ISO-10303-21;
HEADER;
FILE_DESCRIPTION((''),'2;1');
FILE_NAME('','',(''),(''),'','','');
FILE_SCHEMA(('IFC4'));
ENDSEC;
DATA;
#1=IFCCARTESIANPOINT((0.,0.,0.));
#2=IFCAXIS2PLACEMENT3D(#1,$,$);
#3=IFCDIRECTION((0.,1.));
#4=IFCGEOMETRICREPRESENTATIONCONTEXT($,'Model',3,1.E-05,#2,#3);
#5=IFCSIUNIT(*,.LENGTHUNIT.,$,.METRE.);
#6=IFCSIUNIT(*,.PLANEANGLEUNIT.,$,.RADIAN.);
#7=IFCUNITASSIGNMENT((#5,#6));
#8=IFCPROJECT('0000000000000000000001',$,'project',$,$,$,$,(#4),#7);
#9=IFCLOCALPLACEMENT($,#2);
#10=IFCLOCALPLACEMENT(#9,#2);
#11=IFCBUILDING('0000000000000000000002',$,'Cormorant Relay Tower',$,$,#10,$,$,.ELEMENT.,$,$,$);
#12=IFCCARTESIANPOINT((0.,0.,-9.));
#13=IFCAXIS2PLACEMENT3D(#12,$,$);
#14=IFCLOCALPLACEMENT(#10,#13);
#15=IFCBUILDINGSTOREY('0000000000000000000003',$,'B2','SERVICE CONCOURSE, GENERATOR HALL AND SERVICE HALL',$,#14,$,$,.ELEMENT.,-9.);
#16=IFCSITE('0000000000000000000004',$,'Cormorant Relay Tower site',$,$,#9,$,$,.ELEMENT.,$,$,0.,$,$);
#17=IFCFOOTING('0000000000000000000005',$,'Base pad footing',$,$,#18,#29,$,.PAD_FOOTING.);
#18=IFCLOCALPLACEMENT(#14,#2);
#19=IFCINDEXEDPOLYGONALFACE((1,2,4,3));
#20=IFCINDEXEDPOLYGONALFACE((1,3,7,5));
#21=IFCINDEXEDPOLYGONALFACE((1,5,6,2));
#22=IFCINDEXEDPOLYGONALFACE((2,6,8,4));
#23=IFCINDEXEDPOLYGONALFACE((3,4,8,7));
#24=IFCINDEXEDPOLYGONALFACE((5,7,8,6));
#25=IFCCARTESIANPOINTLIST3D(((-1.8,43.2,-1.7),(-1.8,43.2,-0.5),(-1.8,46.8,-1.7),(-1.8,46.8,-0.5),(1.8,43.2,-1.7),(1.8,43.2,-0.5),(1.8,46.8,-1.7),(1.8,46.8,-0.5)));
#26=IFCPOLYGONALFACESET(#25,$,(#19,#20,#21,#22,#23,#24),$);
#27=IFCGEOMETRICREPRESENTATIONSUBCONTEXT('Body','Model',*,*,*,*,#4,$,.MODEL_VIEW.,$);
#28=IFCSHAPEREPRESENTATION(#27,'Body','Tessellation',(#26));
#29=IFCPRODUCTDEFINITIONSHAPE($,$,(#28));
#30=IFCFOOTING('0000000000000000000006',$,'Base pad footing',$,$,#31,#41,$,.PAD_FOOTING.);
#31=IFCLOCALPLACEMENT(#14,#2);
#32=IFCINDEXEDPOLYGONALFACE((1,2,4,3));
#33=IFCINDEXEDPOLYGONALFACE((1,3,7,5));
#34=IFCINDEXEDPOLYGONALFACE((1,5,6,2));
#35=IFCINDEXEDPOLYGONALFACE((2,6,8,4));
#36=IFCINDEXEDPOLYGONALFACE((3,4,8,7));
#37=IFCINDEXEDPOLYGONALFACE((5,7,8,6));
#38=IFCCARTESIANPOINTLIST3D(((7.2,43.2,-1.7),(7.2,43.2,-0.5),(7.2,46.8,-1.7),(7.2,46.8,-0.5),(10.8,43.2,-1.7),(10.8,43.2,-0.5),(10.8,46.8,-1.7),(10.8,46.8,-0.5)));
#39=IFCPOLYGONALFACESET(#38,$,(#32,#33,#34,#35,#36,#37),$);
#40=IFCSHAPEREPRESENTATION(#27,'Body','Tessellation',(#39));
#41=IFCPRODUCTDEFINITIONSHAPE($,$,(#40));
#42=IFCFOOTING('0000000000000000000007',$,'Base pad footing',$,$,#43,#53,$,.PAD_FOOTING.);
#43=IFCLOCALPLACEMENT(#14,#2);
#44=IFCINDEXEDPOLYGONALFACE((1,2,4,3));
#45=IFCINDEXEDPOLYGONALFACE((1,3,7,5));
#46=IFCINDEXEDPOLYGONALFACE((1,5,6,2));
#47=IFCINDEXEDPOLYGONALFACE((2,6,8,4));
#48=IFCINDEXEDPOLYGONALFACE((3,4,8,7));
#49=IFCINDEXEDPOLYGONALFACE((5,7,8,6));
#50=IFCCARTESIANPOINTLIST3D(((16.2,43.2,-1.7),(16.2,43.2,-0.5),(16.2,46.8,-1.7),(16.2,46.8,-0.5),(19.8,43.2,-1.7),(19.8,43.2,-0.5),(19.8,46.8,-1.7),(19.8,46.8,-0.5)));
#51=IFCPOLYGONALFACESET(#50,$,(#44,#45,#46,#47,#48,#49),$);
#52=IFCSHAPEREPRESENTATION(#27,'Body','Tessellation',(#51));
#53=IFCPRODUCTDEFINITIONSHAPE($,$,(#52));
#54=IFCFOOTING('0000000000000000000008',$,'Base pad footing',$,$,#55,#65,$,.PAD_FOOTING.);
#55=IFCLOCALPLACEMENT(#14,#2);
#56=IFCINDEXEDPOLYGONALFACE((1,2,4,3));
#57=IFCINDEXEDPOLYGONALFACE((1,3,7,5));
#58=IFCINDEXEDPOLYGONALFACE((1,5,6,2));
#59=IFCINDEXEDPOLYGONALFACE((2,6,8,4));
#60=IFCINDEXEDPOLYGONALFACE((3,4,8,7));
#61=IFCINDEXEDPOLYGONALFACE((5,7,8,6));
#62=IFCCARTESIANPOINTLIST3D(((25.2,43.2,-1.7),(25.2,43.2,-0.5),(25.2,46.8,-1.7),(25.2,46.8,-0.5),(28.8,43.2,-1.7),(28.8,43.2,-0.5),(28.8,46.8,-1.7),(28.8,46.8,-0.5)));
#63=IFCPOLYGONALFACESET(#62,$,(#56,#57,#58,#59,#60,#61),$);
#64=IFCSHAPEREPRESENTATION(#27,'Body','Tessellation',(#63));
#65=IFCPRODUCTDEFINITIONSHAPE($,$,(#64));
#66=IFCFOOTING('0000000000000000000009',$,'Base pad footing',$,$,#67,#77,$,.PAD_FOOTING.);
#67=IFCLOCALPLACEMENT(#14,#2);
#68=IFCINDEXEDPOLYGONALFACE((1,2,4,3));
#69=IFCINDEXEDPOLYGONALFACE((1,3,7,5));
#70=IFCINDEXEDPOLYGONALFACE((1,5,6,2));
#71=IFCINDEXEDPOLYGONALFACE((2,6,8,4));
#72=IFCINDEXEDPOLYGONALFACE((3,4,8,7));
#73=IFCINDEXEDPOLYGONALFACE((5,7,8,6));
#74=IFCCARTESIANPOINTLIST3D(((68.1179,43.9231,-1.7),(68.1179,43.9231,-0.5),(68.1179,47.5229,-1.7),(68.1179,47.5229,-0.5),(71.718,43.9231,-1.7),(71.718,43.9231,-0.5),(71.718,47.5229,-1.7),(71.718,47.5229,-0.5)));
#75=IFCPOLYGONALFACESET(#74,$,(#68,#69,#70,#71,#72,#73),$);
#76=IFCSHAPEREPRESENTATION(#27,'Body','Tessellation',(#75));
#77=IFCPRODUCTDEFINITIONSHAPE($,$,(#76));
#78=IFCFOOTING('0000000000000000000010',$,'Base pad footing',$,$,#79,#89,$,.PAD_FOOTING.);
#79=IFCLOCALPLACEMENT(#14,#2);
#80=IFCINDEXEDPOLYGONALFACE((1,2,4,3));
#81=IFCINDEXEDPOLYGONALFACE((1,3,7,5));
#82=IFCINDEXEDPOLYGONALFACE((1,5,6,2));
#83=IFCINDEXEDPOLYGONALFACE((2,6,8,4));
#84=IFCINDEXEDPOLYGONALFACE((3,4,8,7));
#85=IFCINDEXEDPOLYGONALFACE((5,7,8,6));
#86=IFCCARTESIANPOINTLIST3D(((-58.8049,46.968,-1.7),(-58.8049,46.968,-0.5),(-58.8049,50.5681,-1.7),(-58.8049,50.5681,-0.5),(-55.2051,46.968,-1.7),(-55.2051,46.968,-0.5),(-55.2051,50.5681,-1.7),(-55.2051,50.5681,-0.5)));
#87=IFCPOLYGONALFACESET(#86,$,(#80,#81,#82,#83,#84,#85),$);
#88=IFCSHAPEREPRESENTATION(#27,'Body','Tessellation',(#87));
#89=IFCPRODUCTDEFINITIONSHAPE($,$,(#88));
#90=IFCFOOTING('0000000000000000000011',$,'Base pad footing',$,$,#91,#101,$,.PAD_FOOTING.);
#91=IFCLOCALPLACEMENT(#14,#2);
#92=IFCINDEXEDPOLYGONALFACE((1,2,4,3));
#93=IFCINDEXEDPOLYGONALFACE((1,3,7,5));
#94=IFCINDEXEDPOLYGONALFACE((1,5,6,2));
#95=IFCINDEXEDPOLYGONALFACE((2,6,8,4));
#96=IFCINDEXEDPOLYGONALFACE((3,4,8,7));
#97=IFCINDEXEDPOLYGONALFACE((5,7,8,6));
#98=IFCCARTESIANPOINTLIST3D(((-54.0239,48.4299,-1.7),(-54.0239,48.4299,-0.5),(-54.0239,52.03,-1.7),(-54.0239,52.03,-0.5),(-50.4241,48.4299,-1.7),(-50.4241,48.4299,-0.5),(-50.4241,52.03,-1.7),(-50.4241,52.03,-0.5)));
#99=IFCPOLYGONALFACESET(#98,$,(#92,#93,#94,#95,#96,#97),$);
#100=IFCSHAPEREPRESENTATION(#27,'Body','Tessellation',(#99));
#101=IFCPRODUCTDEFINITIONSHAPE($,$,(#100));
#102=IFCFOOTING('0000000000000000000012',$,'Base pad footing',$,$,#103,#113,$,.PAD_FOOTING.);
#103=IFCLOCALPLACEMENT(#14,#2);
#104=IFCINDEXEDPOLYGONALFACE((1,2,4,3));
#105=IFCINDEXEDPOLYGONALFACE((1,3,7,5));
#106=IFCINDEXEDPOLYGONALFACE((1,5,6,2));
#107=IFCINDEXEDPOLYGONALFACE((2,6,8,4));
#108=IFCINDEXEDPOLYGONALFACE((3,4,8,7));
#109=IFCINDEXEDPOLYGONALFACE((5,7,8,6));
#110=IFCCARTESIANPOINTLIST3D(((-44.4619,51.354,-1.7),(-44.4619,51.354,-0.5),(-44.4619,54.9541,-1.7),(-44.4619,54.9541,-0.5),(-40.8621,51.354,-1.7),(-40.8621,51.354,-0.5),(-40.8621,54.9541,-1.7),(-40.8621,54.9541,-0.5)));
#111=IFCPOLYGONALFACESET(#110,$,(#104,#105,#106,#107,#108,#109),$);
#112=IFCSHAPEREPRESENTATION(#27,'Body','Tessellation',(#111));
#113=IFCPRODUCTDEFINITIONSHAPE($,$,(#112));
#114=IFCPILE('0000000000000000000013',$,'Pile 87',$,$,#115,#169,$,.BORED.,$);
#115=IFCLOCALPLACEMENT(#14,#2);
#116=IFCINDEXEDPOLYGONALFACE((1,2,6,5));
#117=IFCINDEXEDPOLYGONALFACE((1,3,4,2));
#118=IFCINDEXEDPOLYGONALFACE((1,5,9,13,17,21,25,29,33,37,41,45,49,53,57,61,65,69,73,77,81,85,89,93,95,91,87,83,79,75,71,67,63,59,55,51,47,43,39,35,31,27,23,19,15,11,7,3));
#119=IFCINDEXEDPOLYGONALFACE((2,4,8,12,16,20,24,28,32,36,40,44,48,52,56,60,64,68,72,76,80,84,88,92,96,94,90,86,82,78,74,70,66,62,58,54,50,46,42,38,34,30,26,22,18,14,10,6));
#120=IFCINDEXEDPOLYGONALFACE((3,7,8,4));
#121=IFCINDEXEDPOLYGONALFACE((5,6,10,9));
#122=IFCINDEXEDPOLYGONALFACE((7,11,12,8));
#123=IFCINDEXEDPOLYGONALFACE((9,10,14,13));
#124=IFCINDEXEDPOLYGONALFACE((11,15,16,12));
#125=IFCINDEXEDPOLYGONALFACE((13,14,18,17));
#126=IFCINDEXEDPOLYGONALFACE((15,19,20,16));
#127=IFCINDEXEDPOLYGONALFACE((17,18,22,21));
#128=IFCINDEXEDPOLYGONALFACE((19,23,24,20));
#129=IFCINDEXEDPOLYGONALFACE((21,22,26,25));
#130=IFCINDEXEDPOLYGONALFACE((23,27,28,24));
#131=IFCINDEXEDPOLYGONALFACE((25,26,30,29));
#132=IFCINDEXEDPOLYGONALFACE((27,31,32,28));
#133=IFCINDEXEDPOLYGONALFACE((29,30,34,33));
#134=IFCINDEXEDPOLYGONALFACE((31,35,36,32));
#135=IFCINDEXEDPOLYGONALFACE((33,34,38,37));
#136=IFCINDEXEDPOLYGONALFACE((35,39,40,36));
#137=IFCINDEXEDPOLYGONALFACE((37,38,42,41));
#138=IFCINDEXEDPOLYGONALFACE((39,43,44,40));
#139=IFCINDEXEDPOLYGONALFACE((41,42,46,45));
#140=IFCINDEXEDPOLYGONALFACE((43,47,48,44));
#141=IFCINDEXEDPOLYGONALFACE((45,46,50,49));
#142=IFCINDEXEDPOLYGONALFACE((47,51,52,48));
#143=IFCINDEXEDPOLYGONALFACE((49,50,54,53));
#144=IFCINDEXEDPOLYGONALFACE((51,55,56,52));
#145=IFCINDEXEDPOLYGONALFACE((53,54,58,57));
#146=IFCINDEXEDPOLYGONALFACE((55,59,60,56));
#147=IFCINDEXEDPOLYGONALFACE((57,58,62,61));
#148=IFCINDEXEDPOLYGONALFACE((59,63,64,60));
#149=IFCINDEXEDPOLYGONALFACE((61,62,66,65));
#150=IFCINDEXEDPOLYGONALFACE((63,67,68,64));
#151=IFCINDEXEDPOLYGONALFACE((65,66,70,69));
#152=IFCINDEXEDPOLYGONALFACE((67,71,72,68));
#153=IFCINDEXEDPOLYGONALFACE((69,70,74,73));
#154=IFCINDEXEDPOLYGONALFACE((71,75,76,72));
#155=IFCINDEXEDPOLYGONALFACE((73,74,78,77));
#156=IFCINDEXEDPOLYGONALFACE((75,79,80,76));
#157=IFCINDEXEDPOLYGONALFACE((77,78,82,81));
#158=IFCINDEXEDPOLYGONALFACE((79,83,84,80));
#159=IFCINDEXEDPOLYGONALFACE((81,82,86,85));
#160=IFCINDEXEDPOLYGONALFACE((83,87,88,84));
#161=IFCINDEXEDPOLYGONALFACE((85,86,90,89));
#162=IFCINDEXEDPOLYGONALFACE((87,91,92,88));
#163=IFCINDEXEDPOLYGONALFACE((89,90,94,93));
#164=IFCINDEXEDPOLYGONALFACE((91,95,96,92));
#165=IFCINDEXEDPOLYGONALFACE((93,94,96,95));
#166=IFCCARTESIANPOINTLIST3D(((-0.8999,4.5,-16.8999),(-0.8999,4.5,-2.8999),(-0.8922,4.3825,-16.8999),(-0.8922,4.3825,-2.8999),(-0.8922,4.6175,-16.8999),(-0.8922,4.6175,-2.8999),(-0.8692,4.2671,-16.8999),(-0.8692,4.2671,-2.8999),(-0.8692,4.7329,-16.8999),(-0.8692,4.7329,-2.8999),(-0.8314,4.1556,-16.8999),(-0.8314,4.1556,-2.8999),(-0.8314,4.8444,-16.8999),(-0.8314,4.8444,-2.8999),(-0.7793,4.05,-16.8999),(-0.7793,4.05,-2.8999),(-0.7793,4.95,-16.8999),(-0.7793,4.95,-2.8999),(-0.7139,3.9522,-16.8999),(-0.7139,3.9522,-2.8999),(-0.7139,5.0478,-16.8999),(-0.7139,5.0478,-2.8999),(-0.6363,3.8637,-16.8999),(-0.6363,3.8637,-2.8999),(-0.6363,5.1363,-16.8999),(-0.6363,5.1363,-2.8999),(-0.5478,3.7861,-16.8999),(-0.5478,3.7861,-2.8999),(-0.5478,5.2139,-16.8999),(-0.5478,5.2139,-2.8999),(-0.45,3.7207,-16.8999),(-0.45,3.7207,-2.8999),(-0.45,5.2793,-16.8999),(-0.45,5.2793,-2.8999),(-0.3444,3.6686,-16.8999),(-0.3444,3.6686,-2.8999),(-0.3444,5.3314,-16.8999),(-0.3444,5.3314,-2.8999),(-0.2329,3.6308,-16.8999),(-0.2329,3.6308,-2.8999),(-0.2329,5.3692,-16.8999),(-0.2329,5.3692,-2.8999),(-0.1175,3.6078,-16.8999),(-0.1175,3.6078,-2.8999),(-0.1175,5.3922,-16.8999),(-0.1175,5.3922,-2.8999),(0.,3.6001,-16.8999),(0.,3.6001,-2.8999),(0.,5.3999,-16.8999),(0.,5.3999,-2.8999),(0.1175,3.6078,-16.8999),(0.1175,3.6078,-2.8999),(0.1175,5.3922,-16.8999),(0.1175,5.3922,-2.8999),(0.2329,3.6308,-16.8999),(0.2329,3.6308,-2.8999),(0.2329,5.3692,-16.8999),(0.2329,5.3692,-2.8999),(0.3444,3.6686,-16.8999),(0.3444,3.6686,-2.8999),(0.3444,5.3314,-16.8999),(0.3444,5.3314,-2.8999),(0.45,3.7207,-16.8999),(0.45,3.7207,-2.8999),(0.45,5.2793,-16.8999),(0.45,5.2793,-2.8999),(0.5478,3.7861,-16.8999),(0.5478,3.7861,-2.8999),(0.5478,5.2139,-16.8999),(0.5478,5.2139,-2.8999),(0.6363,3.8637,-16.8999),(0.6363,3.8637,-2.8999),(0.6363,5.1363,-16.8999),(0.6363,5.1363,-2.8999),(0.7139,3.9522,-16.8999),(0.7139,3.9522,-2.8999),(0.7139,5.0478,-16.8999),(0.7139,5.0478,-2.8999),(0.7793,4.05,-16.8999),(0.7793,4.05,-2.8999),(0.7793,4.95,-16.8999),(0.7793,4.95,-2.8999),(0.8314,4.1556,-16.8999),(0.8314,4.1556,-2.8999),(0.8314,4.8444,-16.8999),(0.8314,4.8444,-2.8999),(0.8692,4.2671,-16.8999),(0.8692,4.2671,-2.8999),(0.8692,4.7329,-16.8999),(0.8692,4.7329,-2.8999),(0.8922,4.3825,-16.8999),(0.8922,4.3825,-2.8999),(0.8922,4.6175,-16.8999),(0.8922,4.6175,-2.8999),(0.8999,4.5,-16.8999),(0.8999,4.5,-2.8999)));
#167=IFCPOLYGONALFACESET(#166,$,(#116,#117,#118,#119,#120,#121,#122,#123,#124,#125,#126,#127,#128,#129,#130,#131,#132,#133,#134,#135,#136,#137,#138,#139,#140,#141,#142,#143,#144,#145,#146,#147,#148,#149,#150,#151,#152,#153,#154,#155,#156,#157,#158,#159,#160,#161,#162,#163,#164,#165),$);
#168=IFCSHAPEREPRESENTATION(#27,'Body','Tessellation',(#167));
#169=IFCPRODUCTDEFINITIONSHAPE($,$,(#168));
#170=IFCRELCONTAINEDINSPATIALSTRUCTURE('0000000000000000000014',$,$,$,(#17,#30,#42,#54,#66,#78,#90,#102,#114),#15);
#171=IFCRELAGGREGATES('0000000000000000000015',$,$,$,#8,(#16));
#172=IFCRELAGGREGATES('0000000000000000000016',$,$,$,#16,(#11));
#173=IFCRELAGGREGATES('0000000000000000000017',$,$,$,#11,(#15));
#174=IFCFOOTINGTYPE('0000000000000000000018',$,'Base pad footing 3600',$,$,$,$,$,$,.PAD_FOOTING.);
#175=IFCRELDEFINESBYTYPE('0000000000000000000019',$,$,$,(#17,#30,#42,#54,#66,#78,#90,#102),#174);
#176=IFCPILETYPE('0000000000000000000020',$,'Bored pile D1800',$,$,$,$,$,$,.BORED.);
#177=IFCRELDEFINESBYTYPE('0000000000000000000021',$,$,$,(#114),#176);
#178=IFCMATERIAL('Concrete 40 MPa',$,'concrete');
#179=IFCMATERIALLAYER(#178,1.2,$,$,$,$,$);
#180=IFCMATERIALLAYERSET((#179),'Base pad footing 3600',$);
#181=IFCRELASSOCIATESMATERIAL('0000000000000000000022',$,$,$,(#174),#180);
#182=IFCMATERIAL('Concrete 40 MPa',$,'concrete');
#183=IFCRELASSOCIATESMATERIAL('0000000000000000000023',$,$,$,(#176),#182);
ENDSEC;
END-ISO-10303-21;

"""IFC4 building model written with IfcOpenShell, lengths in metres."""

from ifc_helpers import new_model, si_unit, direction, frame, origin, origin_2d, place, context, subcontext, project, spatial, polyline, circle, outline, extrude, material, layer, layer_set, material_profile, profile_set, type_object, element, save


model = new_model("IFC4")

# Units and contexts
model_context = context("Model", 3, precision=1e-05, world=origin(), true_north=direction((0.0, 1.0)))
body_context = subcontext(model_context, "Body", "Model", "MODEL_VIEW")
ifc_project = project(units=[si_unit("LENGTHUNIT", "METRE"), si_unit("PLANEANGLEUNIT", "RADIAN")], contexts=[model_context])

# Site, building, storey
site_placement = place(None, origin())
site = spatial("IfcSite", under=ifc_project, at=site_placement, Name="Cormorant Relay Tower site", CompositionType="ELEMENT", RefElevation=0.0)
building_placement = place(site_placement, origin())
building = spatial("IfcBuilding", under=site, at=building_placement, Name="Cormorant Relay Tower", CompositionType="ELEMENT")
storey_placement = place(building_placement, frame((0.0, 0.0, -9.0)))
storey = spatial("IfcBuildingStorey", under=building, at=storey_placement, Name="B2", Description="SERVICE CONCOURSE, GENERATOR HALL AND SERVICE HALL", CompositionType="ELEMENT", Elevation=-9.0)

# Footings
ifc_material_1 = material(Name="Concrete 40 MPa", Category="concrete")
ifc_layer = layer(ifc_material_1, 1.2)
ifc_layer_set = layer_set([ifc_layer], Name="Base pad footing 3600")
footing_type = type_object("IfcFootingType", Name="Base pad footing 3600", PredefinedType="PAD_FOOTING", material=ifc_layer_set)
footing_1_placement = place(storey_placement, frame((0.0, 0.0, -1.7)))
element("IfcFooting", 1, at=footing_1_placement, inside=storey, type_object=footing_type, Name="Base pad footing", PredefinedType="PAD_FOOTING", context=body_context, shape_type="SweptSolid", body=[
    extrude(outline(polyline([(-1.8, 43.2), (1.8, 43.2), (1.8, 46.8), (-1.8, 46.8), (-1.8, 43.2)])), origin(), (0.0, 0.0, 1.0), 1.2),
])
footing_2_placement = place(storey_placement, frame((0.0, 0.0, -1.7)))
element("IfcFooting", 2, at=footing_2_placement, inside=storey, type_object=footing_type, Name="Base pad footing", PredefinedType="PAD_FOOTING", context=body_context, shape_type="SweptSolid", body=[
    extrude(outline(polyline([(7.2, 43.2), (10.8, 43.2), (10.8, 46.8), (7.2, 46.8), (7.2, 43.2)])), origin(), (0.0, 0.0, 1.0), 1.2),
])
footing_3_placement = place(storey_placement, frame((0.0, 0.0, -1.7)))
element("IfcFooting", 3, at=footing_3_placement, inside=storey, type_object=footing_type, Name="Base pad footing", PredefinedType="PAD_FOOTING", context=body_context, shape_type="SweptSolid", body=[
    extrude(outline(polyline([(16.2, 43.2), (19.8, 43.2), (19.8, 46.8), (16.2, 46.8), (16.2, 43.2)])), origin(), (0.0, 0.0, 1.0), 1.2),
])
footing_4_placement = place(storey_placement, frame((0.0, 0.0, -1.7)))
element("IfcFooting", 4, at=footing_4_placement, inside=storey, type_object=footing_type, Name="Base pad footing", PredefinedType="PAD_FOOTING", context=body_context, shape_type="SweptSolid", body=[
    extrude(outline(polyline([(25.2, 43.2), (28.8, 43.2), (28.8, 46.8), (25.2, 46.8), (25.2, 43.2)])), origin(), (0.0, 0.0, 1.0), 1.2),
])
footing_5_placement = place(storey_placement, frame((0.0, 0.0, -1.7)))
element("IfcFooting", 5, at=footing_5_placement, inside=storey, type_object=footing_type, Name="Base pad footing", PredefinedType="PAD_FOOTING", context=body_context, shape_type="SweptSolid", body=[
    extrude(outline(polyline([(68.1179, 43.9231), (71.718, 43.9231), (71.718, 47.5229), (68.1179, 47.5229), (68.1179, 43.9231)])), origin(), (0.0, 0.0, 1.0), 1.2),
])
footing_6_placement = place(storey_placement, frame((0.0, 0.0, -1.7)))
element("IfcFooting", 6, at=footing_6_placement, inside=storey, type_object=footing_type, Name="Base pad footing", PredefinedType="PAD_FOOTING", context=body_context, shape_type="SweptSolid", body=[
    extrude(outline(polyline([(-58.8049, 46.968), (-55.2051, 46.968), (-55.2051, 50.5681), (-58.8049, 50.5681), (-58.8049, 46.968)])), origin(), (0.0, 0.0, 1.0), 1.2),
])
footing_7_placement = place(storey_placement, frame((0.0, 0.0, -1.7)))
element("IfcFooting", 7, at=footing_7_placement, inside=storey, type_object=footing_type, Name="Base pad footing", PredefinedType="PAD_FOOTING", context=body_context, shape_type="SweptSolid", body=[
    extrude(outline(polyline([(-54.0239, 48.4299), (-50.4241, 48.4299), (-50.4241, 52.03), (-54.0239, 52.03), (-54.0239, 48.4299)])), origin(), (0.0, 0.0, 1.0), 1.2),
])
footing_8_placement = place(storey_placement, frame((0.0, 0.0, -1.7)))
element("IfcFooting", 8, at=footing_8_placement, inside=storey, type_object=footing_type, Name="Base pad footing", PredefinedType="PAD_FOOTING", context=body_context, shape_type="SweptSolid", body=[
    extrude(outline(polyline([(-44.4619, 51.354), (-40.8621, 51.354), (-40.8621, 54.9541), (-44.4619, 54.9541), (-44.4619, 51.354)])), origin(), (0.0, 0.0, 1.0), 1.2),
])

# Pile
ifc_material_2 = material(Name="Concrete 40 MPa", Category="concrete")
ifc_material_profile_1 = material_profile(ifc_material_2, circle(Radius=0.8999, at=origin_2d()), Name="BP1800")
ifc_profile_set_1 = profile_set([ifc_material_profile_1], Name="Concrete 40 MPa")
pile_type = type_object("IfcPileType", Name="Bored pile D1800", PredefinedType="BORED", material=ifc_profile_set_1)
for number, where, z_axis, x_axis, name in (
    (9, (0.0, 4.5, -2.8999), (0.0, 0.0, -1.0), (1.0, 0.0, 0.0), "Pile 87"),
):
    element("IfcPile", number, at=place(storey_placement, frame(where, z_axis=z_axis, x_axis=x_axis)), inside=storey, type_object=pile_type, Name=name, PredefinedType="BORED", context=body_context, shape_type="SweptSolid", body=[
        extrude(circle(Radius=0.8999, at=origin_2d()), origin(), (0.0, 0.0, 1.0), 14.0),
    ])

save(model, "model.ifc")
